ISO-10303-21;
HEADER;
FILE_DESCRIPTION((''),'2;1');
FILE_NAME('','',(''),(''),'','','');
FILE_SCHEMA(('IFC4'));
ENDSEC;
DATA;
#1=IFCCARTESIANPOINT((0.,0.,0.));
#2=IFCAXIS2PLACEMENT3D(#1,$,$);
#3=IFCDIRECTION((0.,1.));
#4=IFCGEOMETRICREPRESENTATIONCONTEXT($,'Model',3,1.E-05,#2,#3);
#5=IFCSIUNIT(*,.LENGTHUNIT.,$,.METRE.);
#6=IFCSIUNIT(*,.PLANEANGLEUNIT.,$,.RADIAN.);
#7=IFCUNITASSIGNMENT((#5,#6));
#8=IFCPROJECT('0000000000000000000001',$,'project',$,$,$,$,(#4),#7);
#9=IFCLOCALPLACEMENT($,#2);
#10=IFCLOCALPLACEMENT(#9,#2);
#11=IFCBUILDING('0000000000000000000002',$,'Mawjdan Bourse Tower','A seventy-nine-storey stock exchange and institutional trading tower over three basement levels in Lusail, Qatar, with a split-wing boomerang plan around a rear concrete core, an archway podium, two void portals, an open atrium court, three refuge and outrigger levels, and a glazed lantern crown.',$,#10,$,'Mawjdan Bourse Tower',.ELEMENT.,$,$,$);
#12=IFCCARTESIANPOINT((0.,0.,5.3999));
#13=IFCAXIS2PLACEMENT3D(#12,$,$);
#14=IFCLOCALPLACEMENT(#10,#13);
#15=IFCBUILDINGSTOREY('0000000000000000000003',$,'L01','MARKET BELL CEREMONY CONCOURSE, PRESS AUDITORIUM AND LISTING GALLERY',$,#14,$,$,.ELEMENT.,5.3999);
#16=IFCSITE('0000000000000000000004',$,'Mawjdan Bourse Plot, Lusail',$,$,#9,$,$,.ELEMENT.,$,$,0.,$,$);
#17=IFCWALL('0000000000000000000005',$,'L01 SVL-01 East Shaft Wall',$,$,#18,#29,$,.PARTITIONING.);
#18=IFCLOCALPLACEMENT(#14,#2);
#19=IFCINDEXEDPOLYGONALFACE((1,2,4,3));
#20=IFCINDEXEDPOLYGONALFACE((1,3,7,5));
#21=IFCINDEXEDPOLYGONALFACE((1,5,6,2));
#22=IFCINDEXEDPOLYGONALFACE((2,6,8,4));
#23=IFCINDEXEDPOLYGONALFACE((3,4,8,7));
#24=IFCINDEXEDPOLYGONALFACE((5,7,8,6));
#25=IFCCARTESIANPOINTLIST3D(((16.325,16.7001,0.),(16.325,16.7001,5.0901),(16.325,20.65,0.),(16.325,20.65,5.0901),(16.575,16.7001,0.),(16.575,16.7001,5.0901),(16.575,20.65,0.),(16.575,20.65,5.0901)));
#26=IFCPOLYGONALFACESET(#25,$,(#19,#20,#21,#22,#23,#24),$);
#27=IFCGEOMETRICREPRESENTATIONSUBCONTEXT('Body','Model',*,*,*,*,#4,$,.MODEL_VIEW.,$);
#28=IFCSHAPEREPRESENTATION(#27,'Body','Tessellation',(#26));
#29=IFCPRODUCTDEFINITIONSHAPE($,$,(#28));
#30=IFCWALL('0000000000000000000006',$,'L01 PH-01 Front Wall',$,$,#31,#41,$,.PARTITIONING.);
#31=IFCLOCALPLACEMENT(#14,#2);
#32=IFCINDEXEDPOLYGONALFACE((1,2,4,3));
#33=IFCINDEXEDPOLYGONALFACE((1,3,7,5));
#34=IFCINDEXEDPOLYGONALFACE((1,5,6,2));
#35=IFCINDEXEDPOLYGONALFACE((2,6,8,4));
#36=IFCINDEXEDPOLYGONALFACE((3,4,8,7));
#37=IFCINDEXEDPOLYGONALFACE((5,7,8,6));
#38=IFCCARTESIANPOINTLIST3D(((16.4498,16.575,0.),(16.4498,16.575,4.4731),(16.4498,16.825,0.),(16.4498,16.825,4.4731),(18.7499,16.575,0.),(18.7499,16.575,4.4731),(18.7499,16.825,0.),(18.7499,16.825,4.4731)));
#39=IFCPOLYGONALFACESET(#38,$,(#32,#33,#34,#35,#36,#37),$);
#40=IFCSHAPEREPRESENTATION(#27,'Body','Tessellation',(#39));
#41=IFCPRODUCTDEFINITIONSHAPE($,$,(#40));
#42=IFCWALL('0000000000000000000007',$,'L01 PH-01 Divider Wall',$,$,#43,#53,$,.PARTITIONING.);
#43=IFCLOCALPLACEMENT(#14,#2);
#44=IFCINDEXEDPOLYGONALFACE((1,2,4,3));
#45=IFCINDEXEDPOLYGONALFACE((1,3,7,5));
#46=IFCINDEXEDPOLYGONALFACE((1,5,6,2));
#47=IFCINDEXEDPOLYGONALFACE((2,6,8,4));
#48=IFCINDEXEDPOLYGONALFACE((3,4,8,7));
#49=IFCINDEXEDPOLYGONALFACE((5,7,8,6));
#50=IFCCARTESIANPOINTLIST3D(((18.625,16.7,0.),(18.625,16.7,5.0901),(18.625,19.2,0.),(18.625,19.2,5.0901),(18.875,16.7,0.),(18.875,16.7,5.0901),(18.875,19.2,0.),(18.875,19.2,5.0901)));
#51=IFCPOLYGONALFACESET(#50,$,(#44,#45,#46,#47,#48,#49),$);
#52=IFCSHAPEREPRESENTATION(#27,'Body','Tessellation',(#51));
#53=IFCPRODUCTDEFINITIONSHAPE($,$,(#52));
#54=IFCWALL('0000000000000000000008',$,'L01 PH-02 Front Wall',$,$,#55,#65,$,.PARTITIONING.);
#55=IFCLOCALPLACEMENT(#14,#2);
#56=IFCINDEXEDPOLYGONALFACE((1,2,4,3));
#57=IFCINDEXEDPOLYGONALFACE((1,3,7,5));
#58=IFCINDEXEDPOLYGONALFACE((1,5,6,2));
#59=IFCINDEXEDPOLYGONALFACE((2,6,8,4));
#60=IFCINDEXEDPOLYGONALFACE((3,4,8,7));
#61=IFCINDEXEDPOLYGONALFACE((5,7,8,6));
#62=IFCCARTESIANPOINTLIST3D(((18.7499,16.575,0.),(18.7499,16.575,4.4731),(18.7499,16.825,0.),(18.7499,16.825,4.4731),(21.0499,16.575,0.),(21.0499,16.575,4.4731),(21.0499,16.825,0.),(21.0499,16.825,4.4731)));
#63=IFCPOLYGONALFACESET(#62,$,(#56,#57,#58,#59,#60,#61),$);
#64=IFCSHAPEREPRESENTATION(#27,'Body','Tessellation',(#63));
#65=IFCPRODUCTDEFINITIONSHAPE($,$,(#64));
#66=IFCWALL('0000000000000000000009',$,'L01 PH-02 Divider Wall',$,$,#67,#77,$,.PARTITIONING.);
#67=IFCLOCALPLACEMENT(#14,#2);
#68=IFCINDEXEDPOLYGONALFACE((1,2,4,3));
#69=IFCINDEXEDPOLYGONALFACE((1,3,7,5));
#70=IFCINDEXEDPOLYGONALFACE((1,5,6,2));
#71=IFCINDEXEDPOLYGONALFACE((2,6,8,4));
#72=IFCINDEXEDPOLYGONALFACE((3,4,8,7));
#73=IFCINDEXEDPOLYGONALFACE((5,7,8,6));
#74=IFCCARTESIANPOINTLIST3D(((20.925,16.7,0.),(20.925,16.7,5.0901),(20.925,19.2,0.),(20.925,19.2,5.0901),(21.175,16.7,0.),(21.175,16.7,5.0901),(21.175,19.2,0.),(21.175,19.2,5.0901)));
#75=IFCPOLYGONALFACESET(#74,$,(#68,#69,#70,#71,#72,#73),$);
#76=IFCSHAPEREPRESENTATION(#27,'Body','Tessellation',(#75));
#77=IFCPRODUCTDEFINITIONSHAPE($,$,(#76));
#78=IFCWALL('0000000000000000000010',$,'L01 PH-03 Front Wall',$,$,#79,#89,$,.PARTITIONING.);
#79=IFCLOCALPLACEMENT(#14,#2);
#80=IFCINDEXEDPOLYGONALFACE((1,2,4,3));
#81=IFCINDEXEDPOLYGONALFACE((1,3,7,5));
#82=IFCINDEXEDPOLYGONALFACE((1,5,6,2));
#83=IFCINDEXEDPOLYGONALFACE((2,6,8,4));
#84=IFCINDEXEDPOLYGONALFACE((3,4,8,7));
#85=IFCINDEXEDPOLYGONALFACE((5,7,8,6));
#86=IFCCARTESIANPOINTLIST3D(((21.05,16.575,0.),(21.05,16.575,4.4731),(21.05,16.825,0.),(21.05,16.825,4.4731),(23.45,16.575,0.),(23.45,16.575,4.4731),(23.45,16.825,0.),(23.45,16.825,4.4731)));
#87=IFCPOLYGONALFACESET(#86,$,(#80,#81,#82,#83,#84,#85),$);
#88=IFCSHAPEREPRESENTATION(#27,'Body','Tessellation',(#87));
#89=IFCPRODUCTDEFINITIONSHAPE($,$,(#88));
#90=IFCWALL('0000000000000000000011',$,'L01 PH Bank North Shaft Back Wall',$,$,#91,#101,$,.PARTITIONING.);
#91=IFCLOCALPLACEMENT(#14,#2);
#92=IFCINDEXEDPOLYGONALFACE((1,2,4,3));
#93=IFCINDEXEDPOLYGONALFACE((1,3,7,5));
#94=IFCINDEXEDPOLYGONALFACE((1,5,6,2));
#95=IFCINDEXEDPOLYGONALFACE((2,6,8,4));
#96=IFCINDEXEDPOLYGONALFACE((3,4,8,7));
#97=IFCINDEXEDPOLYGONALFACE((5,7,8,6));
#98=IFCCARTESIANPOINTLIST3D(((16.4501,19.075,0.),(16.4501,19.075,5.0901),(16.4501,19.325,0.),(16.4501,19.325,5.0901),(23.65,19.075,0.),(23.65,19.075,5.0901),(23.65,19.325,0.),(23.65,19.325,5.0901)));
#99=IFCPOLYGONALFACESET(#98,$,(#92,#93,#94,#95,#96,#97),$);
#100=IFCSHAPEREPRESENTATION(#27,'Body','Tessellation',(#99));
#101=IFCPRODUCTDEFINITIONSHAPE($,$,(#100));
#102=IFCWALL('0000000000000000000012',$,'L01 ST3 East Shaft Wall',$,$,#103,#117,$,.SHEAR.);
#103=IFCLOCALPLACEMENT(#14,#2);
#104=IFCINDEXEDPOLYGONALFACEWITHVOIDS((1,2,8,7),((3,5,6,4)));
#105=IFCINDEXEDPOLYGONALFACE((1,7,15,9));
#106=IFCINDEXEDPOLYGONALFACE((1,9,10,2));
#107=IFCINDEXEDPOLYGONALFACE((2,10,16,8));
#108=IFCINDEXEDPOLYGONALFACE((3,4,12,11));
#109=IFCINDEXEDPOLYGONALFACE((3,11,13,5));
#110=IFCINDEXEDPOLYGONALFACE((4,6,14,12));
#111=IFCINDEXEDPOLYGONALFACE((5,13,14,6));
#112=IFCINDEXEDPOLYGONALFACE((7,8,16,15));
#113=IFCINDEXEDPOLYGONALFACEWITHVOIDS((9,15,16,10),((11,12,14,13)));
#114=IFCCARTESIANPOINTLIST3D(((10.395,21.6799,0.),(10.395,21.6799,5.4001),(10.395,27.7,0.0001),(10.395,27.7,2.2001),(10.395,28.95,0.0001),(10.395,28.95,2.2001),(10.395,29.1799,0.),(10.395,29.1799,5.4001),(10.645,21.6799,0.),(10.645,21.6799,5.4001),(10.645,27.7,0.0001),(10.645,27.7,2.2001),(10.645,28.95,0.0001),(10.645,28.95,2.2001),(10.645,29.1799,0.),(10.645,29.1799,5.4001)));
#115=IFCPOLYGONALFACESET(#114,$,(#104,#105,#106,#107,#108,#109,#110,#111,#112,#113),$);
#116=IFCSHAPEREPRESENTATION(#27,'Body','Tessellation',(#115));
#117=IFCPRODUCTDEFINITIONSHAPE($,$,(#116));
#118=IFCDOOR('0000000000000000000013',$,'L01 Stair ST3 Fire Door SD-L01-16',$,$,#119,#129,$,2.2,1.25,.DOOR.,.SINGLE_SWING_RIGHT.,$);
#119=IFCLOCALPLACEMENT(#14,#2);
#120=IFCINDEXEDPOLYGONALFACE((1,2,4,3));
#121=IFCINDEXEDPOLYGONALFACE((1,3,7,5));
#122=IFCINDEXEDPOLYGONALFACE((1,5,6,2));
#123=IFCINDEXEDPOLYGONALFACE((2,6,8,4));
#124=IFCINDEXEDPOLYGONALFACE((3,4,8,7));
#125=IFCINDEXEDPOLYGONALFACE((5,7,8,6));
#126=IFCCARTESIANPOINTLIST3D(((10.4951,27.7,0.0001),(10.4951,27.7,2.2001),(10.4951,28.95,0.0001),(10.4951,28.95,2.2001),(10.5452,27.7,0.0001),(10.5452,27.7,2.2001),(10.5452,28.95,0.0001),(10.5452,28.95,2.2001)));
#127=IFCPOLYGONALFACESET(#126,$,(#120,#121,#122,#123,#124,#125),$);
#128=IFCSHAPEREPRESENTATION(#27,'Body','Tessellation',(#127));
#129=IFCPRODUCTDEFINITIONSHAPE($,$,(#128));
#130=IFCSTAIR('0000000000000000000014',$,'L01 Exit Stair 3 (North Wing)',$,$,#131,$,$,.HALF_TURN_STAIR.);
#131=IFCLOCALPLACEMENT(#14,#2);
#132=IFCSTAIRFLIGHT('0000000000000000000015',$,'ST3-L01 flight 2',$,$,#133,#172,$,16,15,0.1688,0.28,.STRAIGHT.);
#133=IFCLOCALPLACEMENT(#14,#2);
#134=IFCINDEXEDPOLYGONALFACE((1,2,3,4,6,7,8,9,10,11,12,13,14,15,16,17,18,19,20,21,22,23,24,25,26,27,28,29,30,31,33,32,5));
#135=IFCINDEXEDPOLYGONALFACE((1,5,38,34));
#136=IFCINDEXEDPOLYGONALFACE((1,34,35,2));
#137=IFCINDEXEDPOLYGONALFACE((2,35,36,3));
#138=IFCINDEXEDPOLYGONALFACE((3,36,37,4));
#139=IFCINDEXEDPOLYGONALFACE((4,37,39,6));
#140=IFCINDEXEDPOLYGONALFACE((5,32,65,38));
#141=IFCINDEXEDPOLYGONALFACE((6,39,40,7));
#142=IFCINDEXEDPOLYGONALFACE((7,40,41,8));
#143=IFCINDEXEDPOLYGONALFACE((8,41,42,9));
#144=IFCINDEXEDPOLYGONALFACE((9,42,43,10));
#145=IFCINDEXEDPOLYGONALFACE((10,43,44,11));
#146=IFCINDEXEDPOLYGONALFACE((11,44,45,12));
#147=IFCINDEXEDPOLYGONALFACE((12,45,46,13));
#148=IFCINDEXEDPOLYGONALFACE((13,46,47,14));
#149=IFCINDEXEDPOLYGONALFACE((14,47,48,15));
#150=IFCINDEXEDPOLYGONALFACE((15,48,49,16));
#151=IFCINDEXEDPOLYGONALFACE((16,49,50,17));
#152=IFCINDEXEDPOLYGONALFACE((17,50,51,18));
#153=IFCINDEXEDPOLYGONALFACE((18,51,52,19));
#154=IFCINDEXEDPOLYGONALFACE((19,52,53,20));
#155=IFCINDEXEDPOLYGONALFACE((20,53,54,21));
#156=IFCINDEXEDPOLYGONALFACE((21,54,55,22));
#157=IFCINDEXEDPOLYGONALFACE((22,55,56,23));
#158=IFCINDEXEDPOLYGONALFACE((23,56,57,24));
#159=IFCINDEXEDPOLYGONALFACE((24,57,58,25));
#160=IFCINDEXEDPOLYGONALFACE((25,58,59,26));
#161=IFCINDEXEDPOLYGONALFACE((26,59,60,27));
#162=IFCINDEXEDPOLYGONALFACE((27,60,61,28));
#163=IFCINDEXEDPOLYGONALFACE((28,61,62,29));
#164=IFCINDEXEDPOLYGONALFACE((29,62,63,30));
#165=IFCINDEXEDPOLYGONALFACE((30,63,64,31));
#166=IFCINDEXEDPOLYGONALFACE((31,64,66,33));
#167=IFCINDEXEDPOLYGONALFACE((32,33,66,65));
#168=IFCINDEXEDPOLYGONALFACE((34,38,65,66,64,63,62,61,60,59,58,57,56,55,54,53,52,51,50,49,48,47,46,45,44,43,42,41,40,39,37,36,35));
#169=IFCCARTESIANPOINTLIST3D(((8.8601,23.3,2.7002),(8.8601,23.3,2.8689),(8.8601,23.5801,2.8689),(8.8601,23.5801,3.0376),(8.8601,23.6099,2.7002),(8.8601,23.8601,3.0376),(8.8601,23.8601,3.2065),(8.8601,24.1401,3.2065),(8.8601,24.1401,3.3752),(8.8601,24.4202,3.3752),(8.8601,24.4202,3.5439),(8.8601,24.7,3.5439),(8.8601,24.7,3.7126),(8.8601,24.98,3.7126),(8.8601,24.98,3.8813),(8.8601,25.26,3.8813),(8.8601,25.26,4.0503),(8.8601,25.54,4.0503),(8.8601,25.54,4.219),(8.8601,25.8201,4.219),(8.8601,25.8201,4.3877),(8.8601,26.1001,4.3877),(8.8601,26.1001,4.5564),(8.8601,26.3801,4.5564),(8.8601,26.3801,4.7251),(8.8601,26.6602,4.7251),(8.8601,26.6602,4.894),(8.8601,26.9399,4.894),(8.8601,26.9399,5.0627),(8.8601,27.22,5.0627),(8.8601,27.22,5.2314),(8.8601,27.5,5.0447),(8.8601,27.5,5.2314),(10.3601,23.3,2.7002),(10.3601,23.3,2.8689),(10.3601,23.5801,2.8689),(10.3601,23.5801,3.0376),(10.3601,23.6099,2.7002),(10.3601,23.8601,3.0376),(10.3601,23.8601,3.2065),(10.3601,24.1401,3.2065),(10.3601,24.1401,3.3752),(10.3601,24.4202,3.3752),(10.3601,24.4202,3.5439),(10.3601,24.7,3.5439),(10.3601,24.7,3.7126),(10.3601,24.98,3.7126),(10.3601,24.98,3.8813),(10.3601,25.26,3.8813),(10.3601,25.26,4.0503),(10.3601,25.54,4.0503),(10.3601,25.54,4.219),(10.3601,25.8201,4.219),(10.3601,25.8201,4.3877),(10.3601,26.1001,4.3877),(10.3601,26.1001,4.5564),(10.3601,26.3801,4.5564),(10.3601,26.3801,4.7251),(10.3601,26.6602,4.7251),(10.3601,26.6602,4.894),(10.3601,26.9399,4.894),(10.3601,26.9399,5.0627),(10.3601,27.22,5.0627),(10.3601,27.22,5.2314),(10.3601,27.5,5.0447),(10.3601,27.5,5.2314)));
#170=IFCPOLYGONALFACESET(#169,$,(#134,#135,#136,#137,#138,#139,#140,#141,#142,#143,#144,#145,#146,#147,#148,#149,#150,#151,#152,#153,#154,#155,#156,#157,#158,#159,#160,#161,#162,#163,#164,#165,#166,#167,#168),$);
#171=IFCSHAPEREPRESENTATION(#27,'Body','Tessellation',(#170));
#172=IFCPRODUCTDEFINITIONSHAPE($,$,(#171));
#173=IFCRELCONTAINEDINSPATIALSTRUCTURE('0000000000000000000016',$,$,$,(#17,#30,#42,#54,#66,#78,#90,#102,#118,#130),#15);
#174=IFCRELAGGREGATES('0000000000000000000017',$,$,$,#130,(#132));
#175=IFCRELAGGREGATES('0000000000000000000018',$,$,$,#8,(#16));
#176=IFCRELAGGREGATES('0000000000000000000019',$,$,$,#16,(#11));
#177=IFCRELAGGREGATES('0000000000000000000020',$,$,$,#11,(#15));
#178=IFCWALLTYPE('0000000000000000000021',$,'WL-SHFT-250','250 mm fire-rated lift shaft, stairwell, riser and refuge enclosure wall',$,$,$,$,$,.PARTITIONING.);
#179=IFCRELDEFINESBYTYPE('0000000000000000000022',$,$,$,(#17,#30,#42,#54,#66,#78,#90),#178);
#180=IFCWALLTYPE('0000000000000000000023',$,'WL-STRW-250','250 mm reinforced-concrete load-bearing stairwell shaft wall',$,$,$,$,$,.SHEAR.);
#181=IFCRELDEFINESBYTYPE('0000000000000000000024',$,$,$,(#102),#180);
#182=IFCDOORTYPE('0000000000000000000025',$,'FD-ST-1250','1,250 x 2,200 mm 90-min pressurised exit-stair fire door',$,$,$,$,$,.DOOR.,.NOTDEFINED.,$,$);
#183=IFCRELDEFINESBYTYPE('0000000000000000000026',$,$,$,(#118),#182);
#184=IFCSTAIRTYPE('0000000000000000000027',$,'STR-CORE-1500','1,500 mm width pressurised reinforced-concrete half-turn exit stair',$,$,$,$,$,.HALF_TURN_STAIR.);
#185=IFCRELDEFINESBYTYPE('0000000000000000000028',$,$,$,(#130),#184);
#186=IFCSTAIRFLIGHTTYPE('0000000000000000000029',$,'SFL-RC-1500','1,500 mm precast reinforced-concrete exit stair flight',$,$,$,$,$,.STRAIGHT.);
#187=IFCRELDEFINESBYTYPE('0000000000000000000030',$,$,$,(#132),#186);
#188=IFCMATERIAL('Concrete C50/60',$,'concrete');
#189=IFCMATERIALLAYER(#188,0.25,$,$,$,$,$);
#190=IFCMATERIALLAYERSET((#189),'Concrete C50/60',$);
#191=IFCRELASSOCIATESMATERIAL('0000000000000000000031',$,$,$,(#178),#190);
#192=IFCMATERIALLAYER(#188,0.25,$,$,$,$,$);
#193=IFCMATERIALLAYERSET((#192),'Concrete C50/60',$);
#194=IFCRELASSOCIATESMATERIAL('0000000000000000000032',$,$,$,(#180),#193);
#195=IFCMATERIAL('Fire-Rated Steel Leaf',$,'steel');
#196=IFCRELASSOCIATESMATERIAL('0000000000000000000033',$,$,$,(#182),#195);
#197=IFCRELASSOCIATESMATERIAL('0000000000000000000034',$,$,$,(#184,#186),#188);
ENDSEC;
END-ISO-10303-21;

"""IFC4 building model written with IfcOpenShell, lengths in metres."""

from ifc_helpers import new_model, si_unit, direction, frame, frame_2d, origin, place, context, subcontext, project, spatial, polyline, rectangle, outline, extrude, material, layer, layer_set, type_object, element, fill, aggregate, save


model = new_model("IFC4")

# Units and contexts
model_context = context("Model", 3, precision=1e-05, world=origin(), true_north=direction((0.0, 1.0)))
body_context = subcontext(model_context, "Body", "Model", "MODEL_VIEW")
ifc_project = project(units=[si_unit("LENGTHUNIT", "METRE"), si_unit("PLANEANGLEUNIT", "RADIAN")], contexts=[model_context])

# Site, building, storey
site_placement = place(None, origin())
site = spatial("IfcSite", under=ifc_project, at=site_placement, Name="Mawjdan Bourse Plot, Lusail", CompositionType="ELEMENT", RefElevation=0.0)
building_placement = place(site_placement, origin())
building = spatial("IfcBuilding", under=site, at=building_placement, Name="Mawjdan Bourse Tower", Description="A seventy-nine-storey stock exchange and institutional trading tower over three basement levels in Lusail, Qatar, with a split-wing boomerang plan around a rear concrete core, an archway podium, two void portals, an open atrium court, three refuge and outrigger levels, and a glazed lantern crown.", LongName="Mawjdan Bourse Tower", CompositionType="ELEMENT")
storey_placement = place(building_placement, frame((0.0, 0.0, 5.3999)))
storey = spatial("IfcBuildingStorey", under=building, at=storey_placement, Name="L01", Description="MARKET BELL CEREMONY CONCOURSE, PRESS AUDITORIUM AND LISTING GALLERY", CompositionType="ELEMENT", Elevation=5.3999)

# Shared definitions
ifc_material_1 = material(Name="Concrete C50/60", Category="concrete")
ifc_layer_1 = layer(ifc_material_1, 0.25)
ifc_layer_set_1 = layer_set([ifc_layer_1], Name="Concrete C50/60")
wall_type_1 = type_object("IfcWallType", Name="WL-SHFT-250", Description="250 mm fire-rated lift shaft, stairwell, riser and refuge enclosure wall", PredefinedType="PARTITIONING", material=ifc_layer_set_1)

# Walls
for number, where, z_axis, x_axis, name in (
    (1, (16.45, 16.7, 0.0), (0.0, 0.0, 1.0), (0.0, 1.0, 0.0), "L01 SVL-01 East Shaft Wall"),
):
    element("IfcWall", number, at=place(storey_placement, frame(where, z_axis=z_axis, x_axis=x_axis)), inside=storey, type_object=wall_type_1, Name=name, PredefinedType="PARTITIONING", context=body_context, shape_type="SweptSolid", body=[
        extrude(rectangle(XDim=3.95, YDim=0.25, at=frame_2d((1.9751, 0.0))), origin(), (0.0, 0.0, 1.0), 5.0901),
    ])
wall_1_placement = place(storey_placement, frame((16.45, 16.7, 0.0), z_axis=(0.0, 0.0, 1.0), x_axis=(1.0, 0.0, 0.0)))
element("IfcWall", 2, at=wall_1_placement, inside=storey, type_object=wall_type_1, Name="L01 PH-01 Front Wall", PredefinedType="PARTITIONING", context=body_context, shape_type="SweptSolid", body=[
    extrude(rectangle(XDim=2.3, YDim=0.25, at=frame_2d((1.1499, 0.0))), origin(), (0.0, 0.0, 1.0), 4.4731),
])
wall_2_placement = place(storey_placement, frame((18.75, 16.7, 0.0), z_axis=(0.0, 0.0, 1.0), x_axis=(0.0, 1.0, 0.0)))
element("IfcWall", 3, at=wall_2_placement, inside=storey, type_object=wall_type_1, Name="L01 PH-01 Divider Wall", PredefinedType="PARTITIONING", context=body_context, shape_type="SweptSolid", body=[
    extrude(rectangle(XDim=2.5, YDim=0.25, at=frame_2d((1.25, 0.0))), origin(), (0.0, 0.0, 1.0), 5.0901),
])
wall_3_placement = place(storey_placement, frame((18.75, 16.7, 0.0), z_axis=(0.0, 0.0, 1.0), x_axis=(1.0, 0.0, 0.0)))
element("IfcWall", 4, at=wall_3_placement, inside=storey, type_object=wall_type_1, Name="L01 PH-02 Front Wall", PredefinedType="PARTITIONING", context=body_context, shape_type="SweptSolid", body=[
    extrude(rectangle(XDim=2.3, YDim=0.25, at=frame_2d((1.1499, 0.0))), origin(), (0.0, 0.0, 1.0), 4.4731),
])
wall_4_placement = place(storey_placement, frame((21.05, 16.7, 0.0), z_axis=(0.0, 0.0, 1.0), x_axis=(0.0, 1.0, 0.0)))
element("IfcWall", 5, at=wall_4_placement, inside=storey, type_object=wall_type_1, Name="L01 PH-02 Divider Wall", PredefinedType="PARTITIONING", context=body_context, shape_type="SweptSolid", body=[
    extrude(rectangle(XDim=2.5, YDim=0.25, at=frame_2d((1.25, 0.0))), origin(), (0.0, 0.0, 1.0), 5.0901),
])
wall_5_placement = place(storey_placement, frame((21.05, 16.7, 0.0), z_axis=(0.0, 0.0, 1.0), x_axis=(1.0, 0.0, 0.0)))
element("IfcWall", 6, at=wall_5_placement, inside=storey, type_object=wall_type_1, Name="L01 PH-03 Front Wall", PredefinedType="PARTITIONING", context=body_context, shape_type="SweptSolid", body=[
    extrude(rectangle(XDim=2.3999, YDim=0.25, at=frame_2d((1.2, 0.0))), origin(), (0.0, 0.0, 1.0), 4.4731),
])
wall_6_placement = place(storey_placement, frame((16.45, 19.2, 0.0), z_axis=(0.0, 0.0, 1.0), x_axis=(1.0, 0.0, 0.0)))
element("IfcWall", 7, at=wall_6_placement, inside=storey, type_object=wall_type_1, Name="L01 PH Bank North Shaft Back Wall", PredefinedType="PARTITIONING", context=body_context, shape_type="SweptSolid", body=[
    extrude(rectangle(XDim=7.2, YDim=0.25, at=frame_2d((3.6001, 0.0))), origin(), (0.0, 0.0, 1.0), 5.0901),
])

# Wall, opening, door
ifc_layer_2 = layer(ifc_material_1, 0.25)
ifc_layer_set_2 = layer_set([ifc_layer_2], Name="Concrete C50/60")
wall_type_2 = type_object("IfcWallType", Name="WL-STRW-250", Description="250 mm reinforced-concrete load-bearing stairwell shaft wall", PredefinedType="SHEAR", material=ifc_layer_set_2)
wall_7_placement = place(storey_placement, frame((10.52, 21.6799, 0.0), z_axis=(0.0, 0.0, 1.0), x_axis=(0.0, 1.0, 0.0)))
wall_7 = element("IfcWall", 8, at=wall_7_placement, inside=storey, type_object=wall_type_2, Name="L01 ST3 East Shaft Wall", PredefinedType="SHEAR", context=body_context, shape_type="SweptSolid", body=[
    extrude(rectangle(XDim=7.5, YDim=0.25, at=frame_2d((3.75, 0.0))), origin(), (0.0, 0.0, 1.0), 5.4001),
])
opening_1_placement = place(wall_7_placement, frame((6.02, 0.0, 0.0)))
opening_1 = element("IfcOpeningElement", 9, at=opening_1_placement, cuts=wall_7, PredefinedType="OPENING", context=body_context, shape_type="SweptSolid", body=[
    extrude(rectangle(XDim=1.25, YDim=2.2, at=frame_2d((0.625, 1.1001))), frame((0.0, 0.135, 0.0), z_axis=(0.0, -1.0, 0.0), x_axis=(1.0, 0.0, 0.0)), (0.0, 0.0, 1.0), 0.27),
])
ifc_material_2 = material(Name="Fire-Rated Steel Leaf", Category="steel")
door_type_1 = type_object("IfcDoorType", Name="FD-ST-1250", Description="1,250 x 2,200 mm 90-min pressurised exit-stair fire door", OperationType="NOTDEFINED", PredefinedType="DOOR", material=ifc_material_2)
door_1_placement = place(opening_1_placement, origin())
door_1 = element("IfcDoor", 10, at=door_1_placement, inside=storey, type_object=door_type_1, Name="L01 Stair ST3 Fire Door SD-L01-16", OperationType="SINGLE_SWING_RIGHT", OverallHeight=2.2, OverallWidth=1.25, PredefinedType="DOOR", context=body_context, shape_type="SweptSolid", body=[
    extrude(rectangle(XDim=1.25, YDim=2.2, at=frame_2d((0.625, 1.1001))), frame((0.0, 0.0249, 0.0), z_axis=(0.0, -1.0, 0.0), x_axis=(1.0, 0.0, 0.0)), (0.0, 0.0, 1.0), 0.05),
])
fill(opening_1, door_1)

# Stair, stair flight
stair_type = type_object("IfcStairType", Name="STR-CORE-1500", Description="1,500 mm width pressurised reinforced-concrete half-turn exit stair", PredefinedType="HALF_TURN_STAIR", material=ifc_material_1)
stair_placement = place(storey_placement, origin())
stair = element("IfcStair", 11, at=stair_placement, inside=storey, type_object=stair_type, Name="L01 Exit Stair 3 (North Wing)", PredefinedType="HALF_TURN_STAIR")
stair_flight_type = type_object("IfcStairFlightType", Name="SFL-RC-1500", Description="1,500 mm precast reinforced-concrete exit stair flight", PredefinedType="STRAIGHT", material=ifc_material_1)
stair_flight_placement = place(storey_placement, frame((9.6101, 23.3, 2.7002), z_axis=(0.0, 0.0, 1.0), x_axis=(0.0, 1.0, 0.0)))
stair_flight = element("IfcStairFlight", 12, at=stair_flight_placement, type_object=stair_flight_type, Name="ST3-L01 flight 2", NumberOfRisers=16, NumberOfTreads=15, PredefinedType="STRAIGHT", RiserHeight=0.1688, TreadLength=0.28, context=body_context, shape_type="SweptSolid", body=[
    extrude(outline(polyline([(0.0, 0.0), (0.0, 0.1687), (0.28, 0.1687), (0.28, 0.3374), (0.5601, 0.3374), (0.5601, 0.5063), (0.8401, 0.5063), (0.8401, 0.675), (1.1201, 0.675), (1.1201, 0.8438), (1.3999, 0.8438), (1.3999, 1.0125), (1.6799, 1.0125), (1.6799, 1.1812), (1.96, 1.1812), (1.96, 1.3501), (2.24, 1.3501), (2.24, 1.5188), (2.52, 1.5188), (2.52, 1.6875), (2.8, 1.6875), (2.8, 1.8562), (3.0801, 1.8562), (3.0801, 2.0249), (3.3601, 2.0249), (3.3601, 2.1938), (3.6399, 2.1938), (3.6399, 2.3625), (3.9199, 2.3625), (3.9199, 2.5312), (4.2, 2.5312), (4.2, 2.7), (4.2, 2.3445), (0.3098, 0.0), (0.0, 0.0)])), frame((0.0, 0.75, 0.0), z_axis=(0.0, -1.0, 0.0), x_axis=(1.0, 0.0, 0.0)), (0.0, 0.0, 1.0), 1.5),
])
aggregate(stair, [stair_flight])

save(model, "model.ifc")
